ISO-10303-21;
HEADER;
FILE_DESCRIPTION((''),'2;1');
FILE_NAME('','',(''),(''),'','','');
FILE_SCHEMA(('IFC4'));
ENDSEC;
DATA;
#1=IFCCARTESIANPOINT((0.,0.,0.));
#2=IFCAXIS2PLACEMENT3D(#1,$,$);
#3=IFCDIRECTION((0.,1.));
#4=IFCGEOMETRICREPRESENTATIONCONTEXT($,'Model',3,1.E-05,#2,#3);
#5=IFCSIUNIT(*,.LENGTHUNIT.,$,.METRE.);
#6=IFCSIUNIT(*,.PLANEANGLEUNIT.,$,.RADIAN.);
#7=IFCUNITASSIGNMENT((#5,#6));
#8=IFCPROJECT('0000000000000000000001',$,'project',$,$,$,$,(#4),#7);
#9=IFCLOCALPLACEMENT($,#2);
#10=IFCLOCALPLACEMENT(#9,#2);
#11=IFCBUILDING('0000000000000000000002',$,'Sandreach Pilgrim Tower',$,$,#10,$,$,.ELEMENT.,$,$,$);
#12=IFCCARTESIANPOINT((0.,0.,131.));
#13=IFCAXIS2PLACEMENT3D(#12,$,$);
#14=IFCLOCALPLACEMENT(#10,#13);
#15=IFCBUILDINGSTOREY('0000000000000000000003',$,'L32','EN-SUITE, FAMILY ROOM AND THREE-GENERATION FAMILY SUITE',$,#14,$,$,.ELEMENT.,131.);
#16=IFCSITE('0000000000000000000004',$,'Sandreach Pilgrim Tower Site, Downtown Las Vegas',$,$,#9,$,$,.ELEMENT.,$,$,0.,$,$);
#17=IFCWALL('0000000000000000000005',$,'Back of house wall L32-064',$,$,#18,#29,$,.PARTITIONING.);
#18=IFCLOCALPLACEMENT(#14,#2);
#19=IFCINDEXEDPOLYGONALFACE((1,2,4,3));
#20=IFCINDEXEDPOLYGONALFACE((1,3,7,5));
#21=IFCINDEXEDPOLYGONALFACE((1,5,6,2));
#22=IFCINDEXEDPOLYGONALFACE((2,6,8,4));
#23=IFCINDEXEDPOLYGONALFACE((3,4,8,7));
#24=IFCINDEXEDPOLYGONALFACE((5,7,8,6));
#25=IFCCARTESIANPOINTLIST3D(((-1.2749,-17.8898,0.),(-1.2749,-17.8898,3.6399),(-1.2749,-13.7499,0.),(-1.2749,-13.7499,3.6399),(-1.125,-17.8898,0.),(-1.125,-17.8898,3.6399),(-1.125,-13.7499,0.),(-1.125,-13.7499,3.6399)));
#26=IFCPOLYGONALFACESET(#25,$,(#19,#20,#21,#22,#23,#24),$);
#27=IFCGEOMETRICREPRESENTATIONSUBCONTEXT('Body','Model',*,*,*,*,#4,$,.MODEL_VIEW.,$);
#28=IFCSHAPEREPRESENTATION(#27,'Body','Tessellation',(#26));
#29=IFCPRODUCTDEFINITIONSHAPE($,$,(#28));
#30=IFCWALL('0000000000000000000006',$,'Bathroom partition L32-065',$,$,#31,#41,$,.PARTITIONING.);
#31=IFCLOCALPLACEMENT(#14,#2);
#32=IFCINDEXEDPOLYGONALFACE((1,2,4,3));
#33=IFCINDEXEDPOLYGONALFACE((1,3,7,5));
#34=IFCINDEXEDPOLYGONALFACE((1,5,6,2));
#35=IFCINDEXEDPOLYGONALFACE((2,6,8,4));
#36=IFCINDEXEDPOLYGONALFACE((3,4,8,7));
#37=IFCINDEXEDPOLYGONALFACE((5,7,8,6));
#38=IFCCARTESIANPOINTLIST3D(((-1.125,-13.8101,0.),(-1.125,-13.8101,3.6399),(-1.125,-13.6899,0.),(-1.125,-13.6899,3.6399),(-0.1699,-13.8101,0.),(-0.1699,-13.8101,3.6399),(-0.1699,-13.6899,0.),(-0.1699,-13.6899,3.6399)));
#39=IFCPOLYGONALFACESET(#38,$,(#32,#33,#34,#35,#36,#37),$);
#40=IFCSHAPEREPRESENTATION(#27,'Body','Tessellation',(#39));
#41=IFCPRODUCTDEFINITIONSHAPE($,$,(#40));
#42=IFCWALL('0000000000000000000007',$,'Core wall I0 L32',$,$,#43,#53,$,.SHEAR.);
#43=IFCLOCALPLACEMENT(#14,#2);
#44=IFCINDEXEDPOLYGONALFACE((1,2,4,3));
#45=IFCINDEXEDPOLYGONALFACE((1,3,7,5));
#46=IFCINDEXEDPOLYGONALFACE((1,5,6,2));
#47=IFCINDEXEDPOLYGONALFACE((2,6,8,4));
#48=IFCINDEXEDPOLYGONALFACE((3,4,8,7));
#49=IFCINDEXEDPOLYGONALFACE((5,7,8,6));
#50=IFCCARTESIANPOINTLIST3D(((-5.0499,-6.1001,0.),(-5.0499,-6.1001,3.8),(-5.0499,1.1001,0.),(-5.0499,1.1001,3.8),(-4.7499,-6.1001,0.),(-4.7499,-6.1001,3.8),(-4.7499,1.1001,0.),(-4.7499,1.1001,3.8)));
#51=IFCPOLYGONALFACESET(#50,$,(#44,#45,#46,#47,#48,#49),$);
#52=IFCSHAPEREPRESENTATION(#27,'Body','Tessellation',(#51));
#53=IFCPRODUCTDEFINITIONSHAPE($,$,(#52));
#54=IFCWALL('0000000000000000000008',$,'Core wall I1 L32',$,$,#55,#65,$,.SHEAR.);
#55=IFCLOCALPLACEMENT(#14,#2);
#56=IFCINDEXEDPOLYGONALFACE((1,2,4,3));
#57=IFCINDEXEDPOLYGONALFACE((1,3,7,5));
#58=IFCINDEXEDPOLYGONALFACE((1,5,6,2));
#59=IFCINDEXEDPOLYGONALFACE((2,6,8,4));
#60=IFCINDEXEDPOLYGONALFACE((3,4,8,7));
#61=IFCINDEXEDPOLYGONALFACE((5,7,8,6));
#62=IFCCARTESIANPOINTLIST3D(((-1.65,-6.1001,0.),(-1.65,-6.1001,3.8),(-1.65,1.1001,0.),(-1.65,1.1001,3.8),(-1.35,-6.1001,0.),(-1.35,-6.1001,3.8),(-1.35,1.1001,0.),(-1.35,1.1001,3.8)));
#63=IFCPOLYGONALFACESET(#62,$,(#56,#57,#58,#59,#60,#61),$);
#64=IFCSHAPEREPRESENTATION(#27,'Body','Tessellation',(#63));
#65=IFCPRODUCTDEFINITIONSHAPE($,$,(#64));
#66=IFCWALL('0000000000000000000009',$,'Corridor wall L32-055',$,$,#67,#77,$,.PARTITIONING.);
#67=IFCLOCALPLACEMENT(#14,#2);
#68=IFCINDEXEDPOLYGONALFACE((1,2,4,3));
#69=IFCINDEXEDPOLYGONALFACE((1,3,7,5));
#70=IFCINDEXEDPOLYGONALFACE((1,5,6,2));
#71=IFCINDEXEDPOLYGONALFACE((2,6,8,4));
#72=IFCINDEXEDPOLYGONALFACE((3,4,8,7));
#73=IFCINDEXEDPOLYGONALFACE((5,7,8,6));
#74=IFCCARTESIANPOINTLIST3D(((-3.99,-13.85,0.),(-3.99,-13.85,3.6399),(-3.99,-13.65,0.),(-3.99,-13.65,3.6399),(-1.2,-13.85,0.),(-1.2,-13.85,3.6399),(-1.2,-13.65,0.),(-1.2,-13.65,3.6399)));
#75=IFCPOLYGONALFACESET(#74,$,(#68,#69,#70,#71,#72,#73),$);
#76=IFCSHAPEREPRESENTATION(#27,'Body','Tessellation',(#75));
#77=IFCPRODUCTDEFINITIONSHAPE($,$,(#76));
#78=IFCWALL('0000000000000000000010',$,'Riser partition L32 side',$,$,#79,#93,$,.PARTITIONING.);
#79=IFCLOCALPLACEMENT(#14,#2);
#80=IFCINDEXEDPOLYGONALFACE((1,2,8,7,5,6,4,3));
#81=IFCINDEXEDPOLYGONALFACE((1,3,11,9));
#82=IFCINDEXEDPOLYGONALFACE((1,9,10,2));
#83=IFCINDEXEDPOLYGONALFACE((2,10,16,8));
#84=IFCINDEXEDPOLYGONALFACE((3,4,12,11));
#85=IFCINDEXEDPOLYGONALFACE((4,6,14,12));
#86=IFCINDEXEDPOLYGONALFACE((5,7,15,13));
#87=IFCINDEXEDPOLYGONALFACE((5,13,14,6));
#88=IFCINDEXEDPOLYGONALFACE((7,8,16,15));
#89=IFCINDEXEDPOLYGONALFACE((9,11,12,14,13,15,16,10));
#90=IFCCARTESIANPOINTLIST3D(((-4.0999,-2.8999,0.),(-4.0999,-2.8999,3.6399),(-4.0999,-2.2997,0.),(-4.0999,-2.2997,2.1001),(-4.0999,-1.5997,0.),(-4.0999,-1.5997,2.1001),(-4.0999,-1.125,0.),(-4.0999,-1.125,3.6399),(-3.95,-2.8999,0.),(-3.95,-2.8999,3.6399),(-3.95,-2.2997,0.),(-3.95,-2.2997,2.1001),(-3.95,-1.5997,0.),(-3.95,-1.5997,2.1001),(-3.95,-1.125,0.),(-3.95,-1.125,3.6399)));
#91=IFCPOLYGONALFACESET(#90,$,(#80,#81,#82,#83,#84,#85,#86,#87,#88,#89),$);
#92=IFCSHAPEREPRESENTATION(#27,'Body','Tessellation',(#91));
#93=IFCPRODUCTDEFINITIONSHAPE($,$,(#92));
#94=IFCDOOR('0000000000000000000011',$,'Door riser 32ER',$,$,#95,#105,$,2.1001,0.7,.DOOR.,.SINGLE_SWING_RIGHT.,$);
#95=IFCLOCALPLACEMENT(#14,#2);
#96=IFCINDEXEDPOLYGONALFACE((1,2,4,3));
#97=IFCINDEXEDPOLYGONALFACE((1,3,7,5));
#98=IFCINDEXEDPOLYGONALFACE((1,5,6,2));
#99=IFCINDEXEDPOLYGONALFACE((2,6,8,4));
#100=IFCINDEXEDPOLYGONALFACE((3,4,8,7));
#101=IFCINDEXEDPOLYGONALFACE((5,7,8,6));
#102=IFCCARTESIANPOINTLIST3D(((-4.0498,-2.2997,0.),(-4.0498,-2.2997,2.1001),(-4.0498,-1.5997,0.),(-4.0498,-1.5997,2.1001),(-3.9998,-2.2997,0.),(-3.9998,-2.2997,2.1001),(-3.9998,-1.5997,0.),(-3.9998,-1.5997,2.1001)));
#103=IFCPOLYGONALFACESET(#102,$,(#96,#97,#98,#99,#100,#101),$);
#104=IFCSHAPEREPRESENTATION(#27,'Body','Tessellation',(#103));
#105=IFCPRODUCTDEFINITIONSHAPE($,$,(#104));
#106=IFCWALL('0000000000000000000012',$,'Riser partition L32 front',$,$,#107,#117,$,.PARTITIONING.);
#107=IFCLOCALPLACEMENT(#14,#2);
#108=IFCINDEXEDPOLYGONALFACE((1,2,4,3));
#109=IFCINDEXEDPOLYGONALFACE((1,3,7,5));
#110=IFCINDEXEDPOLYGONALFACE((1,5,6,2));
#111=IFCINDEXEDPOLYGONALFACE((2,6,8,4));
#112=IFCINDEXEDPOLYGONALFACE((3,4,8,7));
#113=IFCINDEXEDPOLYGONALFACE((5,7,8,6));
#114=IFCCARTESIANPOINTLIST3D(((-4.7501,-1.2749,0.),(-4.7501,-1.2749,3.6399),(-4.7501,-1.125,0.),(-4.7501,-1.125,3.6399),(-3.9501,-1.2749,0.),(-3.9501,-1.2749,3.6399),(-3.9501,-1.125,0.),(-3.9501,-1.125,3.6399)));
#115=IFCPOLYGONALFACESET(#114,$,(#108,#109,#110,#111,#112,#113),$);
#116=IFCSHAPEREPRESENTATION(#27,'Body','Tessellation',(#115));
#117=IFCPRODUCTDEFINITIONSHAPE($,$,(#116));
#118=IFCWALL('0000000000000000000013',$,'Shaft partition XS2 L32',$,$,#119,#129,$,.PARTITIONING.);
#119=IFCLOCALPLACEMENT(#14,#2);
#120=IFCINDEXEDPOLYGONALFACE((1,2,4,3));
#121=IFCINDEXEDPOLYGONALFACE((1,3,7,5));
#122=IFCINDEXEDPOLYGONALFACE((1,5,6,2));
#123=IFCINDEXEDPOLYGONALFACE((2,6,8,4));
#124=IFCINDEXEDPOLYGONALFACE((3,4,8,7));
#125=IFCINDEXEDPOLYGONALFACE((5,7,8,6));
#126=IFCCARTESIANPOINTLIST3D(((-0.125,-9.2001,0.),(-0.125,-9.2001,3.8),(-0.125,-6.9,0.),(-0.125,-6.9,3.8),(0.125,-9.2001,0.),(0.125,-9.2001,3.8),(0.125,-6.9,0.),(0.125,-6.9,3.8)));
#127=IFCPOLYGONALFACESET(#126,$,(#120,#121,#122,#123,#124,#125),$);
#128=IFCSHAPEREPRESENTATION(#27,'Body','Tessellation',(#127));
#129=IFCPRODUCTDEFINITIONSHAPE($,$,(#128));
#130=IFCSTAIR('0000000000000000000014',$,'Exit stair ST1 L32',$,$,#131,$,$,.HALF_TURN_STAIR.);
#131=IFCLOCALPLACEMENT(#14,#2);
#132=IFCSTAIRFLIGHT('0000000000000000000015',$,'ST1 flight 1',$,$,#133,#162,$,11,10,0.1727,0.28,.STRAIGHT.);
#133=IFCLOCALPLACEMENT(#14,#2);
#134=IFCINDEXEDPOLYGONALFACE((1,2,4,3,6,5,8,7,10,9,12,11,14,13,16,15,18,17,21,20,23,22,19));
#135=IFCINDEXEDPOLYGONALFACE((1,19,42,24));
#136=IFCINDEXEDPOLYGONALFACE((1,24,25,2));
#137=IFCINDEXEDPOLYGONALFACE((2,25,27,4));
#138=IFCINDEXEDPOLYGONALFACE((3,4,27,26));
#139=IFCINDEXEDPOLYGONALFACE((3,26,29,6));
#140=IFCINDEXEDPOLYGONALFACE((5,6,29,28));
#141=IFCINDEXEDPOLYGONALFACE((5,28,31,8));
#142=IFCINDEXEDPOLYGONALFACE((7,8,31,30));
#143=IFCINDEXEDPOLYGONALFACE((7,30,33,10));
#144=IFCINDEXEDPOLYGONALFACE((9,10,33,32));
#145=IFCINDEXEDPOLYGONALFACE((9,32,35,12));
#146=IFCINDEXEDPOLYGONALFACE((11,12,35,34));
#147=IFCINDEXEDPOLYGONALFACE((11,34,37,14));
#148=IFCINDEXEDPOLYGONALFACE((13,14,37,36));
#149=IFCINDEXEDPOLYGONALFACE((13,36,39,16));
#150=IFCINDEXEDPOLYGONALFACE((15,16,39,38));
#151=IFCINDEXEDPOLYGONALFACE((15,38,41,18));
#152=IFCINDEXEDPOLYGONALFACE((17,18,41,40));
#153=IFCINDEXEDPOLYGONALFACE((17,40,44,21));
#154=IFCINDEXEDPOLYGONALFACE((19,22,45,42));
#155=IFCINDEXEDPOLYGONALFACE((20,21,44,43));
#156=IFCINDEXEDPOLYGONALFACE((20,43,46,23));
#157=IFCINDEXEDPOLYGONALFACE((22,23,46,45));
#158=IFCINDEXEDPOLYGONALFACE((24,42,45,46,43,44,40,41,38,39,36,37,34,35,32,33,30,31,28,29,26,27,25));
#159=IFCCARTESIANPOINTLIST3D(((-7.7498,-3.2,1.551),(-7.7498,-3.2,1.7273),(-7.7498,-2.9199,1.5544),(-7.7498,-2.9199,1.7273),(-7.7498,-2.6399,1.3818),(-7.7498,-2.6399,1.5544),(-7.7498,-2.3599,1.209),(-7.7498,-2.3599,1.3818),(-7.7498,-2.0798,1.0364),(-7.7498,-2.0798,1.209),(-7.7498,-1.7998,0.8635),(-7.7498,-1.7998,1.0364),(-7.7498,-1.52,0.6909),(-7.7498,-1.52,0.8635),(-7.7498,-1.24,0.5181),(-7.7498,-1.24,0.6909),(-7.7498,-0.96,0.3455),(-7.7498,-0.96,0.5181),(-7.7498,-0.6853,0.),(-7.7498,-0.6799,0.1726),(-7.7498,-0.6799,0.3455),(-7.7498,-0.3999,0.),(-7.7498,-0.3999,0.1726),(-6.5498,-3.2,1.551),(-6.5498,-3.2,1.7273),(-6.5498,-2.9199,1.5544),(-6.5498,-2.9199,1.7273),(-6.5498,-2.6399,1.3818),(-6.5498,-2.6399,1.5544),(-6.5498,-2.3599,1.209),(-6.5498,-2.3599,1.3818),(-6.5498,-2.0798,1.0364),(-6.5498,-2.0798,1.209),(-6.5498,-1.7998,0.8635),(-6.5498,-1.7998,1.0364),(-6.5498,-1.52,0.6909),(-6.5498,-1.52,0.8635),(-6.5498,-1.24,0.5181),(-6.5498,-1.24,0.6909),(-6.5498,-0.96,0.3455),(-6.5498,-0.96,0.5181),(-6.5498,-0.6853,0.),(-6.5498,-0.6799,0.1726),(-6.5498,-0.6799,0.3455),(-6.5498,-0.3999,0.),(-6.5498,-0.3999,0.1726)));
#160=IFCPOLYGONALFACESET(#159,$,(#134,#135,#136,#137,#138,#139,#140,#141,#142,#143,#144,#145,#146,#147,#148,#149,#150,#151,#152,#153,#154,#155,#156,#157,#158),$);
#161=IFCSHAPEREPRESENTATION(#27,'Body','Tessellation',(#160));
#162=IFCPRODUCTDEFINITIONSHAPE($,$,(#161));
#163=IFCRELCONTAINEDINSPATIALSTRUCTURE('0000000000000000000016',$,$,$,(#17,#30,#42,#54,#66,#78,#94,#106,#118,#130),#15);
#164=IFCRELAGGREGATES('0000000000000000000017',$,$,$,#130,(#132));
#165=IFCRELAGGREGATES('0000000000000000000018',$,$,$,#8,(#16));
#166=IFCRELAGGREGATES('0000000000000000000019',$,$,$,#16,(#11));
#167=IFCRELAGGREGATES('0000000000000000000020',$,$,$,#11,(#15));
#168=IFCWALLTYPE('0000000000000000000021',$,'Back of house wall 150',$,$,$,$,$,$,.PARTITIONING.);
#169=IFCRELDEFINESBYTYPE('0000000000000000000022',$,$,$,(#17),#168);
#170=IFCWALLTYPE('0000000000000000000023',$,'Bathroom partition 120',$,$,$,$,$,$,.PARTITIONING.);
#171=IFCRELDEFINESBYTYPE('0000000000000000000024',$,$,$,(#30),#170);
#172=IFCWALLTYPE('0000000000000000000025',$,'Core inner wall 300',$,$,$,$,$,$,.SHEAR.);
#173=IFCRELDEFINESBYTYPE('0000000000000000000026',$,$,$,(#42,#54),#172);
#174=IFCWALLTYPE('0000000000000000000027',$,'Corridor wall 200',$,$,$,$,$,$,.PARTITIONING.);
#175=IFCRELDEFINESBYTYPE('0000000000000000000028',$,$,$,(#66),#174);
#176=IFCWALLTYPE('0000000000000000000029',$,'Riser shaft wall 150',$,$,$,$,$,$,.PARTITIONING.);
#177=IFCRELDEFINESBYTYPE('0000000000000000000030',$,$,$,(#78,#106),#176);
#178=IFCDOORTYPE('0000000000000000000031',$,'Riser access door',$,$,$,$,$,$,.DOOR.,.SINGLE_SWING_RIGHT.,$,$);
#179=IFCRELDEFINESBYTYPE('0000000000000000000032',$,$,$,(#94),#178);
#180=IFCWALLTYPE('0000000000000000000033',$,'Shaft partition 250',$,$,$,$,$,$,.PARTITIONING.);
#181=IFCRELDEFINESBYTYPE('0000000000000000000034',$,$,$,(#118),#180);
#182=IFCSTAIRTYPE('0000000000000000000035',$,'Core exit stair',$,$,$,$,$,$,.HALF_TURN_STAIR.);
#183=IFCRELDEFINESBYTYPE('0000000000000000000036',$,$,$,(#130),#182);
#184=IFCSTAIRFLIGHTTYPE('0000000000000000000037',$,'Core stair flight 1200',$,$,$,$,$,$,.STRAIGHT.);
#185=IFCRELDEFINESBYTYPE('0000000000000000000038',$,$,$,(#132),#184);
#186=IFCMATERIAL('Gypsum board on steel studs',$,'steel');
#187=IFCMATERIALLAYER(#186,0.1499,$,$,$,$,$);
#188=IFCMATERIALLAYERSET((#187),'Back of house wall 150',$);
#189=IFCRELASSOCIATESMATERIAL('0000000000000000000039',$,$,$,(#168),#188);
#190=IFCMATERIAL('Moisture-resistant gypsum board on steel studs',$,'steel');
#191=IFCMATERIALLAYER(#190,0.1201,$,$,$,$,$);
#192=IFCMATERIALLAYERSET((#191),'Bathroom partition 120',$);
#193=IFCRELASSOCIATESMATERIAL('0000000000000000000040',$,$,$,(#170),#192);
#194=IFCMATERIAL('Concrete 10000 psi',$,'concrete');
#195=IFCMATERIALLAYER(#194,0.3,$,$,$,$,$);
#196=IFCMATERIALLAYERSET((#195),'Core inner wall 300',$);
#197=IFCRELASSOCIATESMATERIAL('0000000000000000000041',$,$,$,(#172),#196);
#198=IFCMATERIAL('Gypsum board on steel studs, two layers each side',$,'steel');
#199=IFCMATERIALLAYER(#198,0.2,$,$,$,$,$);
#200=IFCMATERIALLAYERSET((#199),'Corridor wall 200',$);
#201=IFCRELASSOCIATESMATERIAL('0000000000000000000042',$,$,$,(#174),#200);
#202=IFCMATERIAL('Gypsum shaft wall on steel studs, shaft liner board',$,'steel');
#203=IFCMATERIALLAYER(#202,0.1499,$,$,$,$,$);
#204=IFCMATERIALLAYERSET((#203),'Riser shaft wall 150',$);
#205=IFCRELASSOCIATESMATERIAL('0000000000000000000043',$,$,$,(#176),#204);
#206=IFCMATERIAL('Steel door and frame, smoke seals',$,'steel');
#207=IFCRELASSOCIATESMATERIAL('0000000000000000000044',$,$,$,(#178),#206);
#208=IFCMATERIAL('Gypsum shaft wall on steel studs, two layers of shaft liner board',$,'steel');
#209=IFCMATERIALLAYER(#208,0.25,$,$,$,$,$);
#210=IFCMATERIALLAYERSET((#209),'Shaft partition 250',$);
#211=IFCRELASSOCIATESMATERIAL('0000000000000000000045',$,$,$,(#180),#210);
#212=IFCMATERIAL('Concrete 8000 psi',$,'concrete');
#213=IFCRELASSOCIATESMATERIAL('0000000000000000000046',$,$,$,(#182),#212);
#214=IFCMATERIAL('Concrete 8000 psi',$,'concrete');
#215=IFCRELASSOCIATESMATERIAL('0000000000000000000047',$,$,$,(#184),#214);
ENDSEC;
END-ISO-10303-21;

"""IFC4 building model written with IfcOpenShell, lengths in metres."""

from ifc_helpers import new_model, si_unit, direction, frame, frame_2d, origin, place, context, subcontext, project, spatial, polyline, rectangle, outline, extrude, material, layer, layer_set, type_object, element, fill, aggregate, save


model = new_model("IFC4")

# Units and contexts
model_context = context("Model", 3, precision=1e-05, world=origin(), true_north=direction((0.0, 1.0)))
body_context = subcontext(model_context, "Body", "Model", "MODEL_VIEW")
ifc_project = project(units=[si_unit("LENGTHUNIT", "METRE"), si_unit("PLANEANGLEUNIT", "RADIAN")], contexts=[model_context])

# Site, building, storey
site_placement = place(None, origin())
site = spatial("IfcSite", under=ifc_project, at=site_placement, Name="Sandreach Pilgrim Tower Site, Downtown Las Vegas", CompositionType="ELEMENT", RefElevation=0.0)
building_placement = place(site_placement, origin())
building = spatial("IfcBuilding", under=site, at=building_placement, Name="Sandreach Pilgrim Tower", CompositionType="ELEMENT")
storey_placement = place(building_placement, frame((0.0, 0.0, 131.0)))
storey = spatial("IfcBuildingStorey", under=building, at=storey_placement, Name="L32", Description="EN-SUITE, FAMILY ROOM AND THREE-GENERATION FAMILY SUITE", CompositionType="ELEMENT", Elevation=131.0)

# Walls
ifc_material_1 = material(Name="Gypsum board on steel studs", Category="steel")
ifc_layer_1 = layer(ifc_material_1, 0.1499)
ifc_layer_set_1 = layer_set([ifc_layer_1], Name="Back of house wall 150")
wall_type_1 = type_object("IfcWallType", Name="Back of house wall 150", PredefinedType="PARTITIONING", material=ifc_layer_set_1)
wall_1_placement = place(storey_placement, frame((-1.2, -13.75, 0.0), z_axis=(0.0, 0.0, 1.0), x_axis=(0.0, -1.0, 0.0)))
element("IfcWall", 1, at=wall_1_placement, inside=storey, type_object=wall_type_1, Name="Back of house wall L32-064", PredefinedType="PARTITIONING", context=body_context, shape_type="SweptSolid", body=[
    extrude(rectangle(XDim=4.1399, YDim=0.1499, at=frame_2d((2.0698, 0.0))), origin(), (0.0, 0.0, 1.0), 3.6399),
])
ifc_material_2 = material(Name="Moisture-resistant gypsum board on steel studs", Category="steel")
ifc_layer_2 = layer(ifc_material_2, 0.1201)
ifc_layer_set_2 = layer_set([ifc_layer_2], Name="Bathroom partition 120")
wall_type_2 = type_object("IfcWallType", Name="Bathroom partition 120", PredefinedType="PARTITIONING", material=ifc_layer_set_2)
wall_2_placement = place(storey_placement, frame((-1.125, -13.75, 0.0), z_axis=(0.0, 0.0, 1.0), x_axis=(1.0, 0.0, 0.0)))
element("IfcWall", 2, at=wall_2_placement, inside=storey, type_object=wall_type_2, Name="Bathroom partition L32-065", PredefinedType="PARTITIONING", context=body_context, shape_type="SweptSolid", body=[
    extrude(rectangle(XDim=0.9551, YDim=0.1201, at=frame_2d((0.4775, 0.0))), origin(), (0.0, 0.0, 1.0), 3.6399),
])
ifc_material_3 = material(Name="Concrete 10000 psi", Category="concrete")
ifc_layer_3 = layer(ifc_material_3, 0.3)
ifc_layer_set_3 = layer_set([ifc_layer_3], Name="Core inner wall 300")
wall_type_3 = type_object("IfcWallType", Name="Core inner wall 300", PredefinedType="SHEAR", material=ifc_layer_set_3)
for number, where, z_axis, x_axis, name in (
    (3, (-4.8999, -6.1001, 0.0), (0.0, 0.0, 1.0), (0.0, 1.0, 0.0), "Core wall I0 L32"),
    (4, (-1.5, -6.1001, 0.0), (0.0, 0.0, 1.0), (0.0, 1.0, 0.0), "Core wall I1 L32"),
):
    element("IfcWall", number, at=place(storey_placement, frame(where, z_axis=z_axis, x_axis=x_axis)), inside=storey, type_object=wall_type_3, Name=name, PredefinedType="SHEAR", context=body_context, shape_type="SweptSolid", body=[
        extrude(rectangle(XDim=7.2002, YDim=0.3, at=frame_2d((3.6001, 0.0))), origin(), (0.0, 0.0, 1.0), 3.8),
    ])

# Wall
ifc_material_4 = material(Name="Gypsum board on steel studs, two layers each side", Category="steel")
ifc_layer_4 = layer(ifc_material_4, 0.2)
ifc_layer_set_4 = layer_set([ifc_layer_4], Name="Corridor wall 200")
wall_type_4 = type_object("IfcWallType", Name="Corridor wall 200", PredefinedType="PARTITIONING", material=ifc_layer_set_4)
wall_3_placement = place(storey_placement, frame((-3.99, -13.75, 0.0), z_axis=(0.0, 0.0, 1.0), x_axis=(1.0, 0.0, 0.0)))
element("IfcWall", 5, at=wall_3_placement, inside=storey, type_object=wall_type_4, Name="Corridor wall L32-055", PredefinedType="PARTITIONING", context=body_context, shape_type="SweptSolid", body=[
    extrude(rectangle(XDim=2.79, YDim=0.2, at=frame_2d((1.395, 0.0))), origin(), (0.0, 0.0, 1.0), 3.6399),
])

# Wall, opening, door
ifc_material_5 = material(Name="Gypsum shaft wall on steel studs, shaft liner board", Category="steel")
ifc_layer_5 = layer(ifc_material_5, 0.1499)
ifc_layer_set_5 = layer_set([ifc_layer_5], Name="Riser shaft wall 150")
wall_type_5 = type_object("IfcWallType", Name="Riser shaft wall 150", PredefinedType="PARTITIONING", material=ifc_layer_set_5)
wall_4_placement = place(storey_placement, frame((-4.0249, -2.8999, 0.0), z_axis=(0.0, 0.0, 1.0), x_axis=(0.0, 1.0, 0.0)))
wall_4 = element("IfcWall", 6, at=wall_4_placement, inside=storey, type_object=wall_type_5, Name="Riser partition L32 side", PredefinedType="PARTITIONING", context=body_context, shape_type="SweptSolid", body=[
    extrude(rectangle(XDim=1.7749, YDim=0.1499, at=frame_2d((0.8875, 0.0))), origin(), (0.0, 0.0, 1.0), 3.6399),
])
opening_1_placement = place(wall_4_placement, frame((0.6001, 0.0, 0.0)))
opening_1 = element("IfcOpeningElement", 7, at=opening_1_placement, cuts=wall_4, PredefinedType="OPENING", context=body_context, shape_type="SweptSolid", body=[
    extrude(rectangle(XDim=0.7, YDim=2.1001, at=frame_2d((0.3501, 1.05))), frame((0.0, 0.075, 0.0), z_axis=(0.0, -1.0, 0.0), x_axis=(1.0, 0.0, 0.0)), (0.0, 0.0, 1.0), 0.1499),
])
ifc_material_6 = material(Name="Steel door and frame, smoke seals", Category="steel")
door_type_1 = type_object("IfcDoorType", Name="Riser access door", OperationType="SINGLE_SWING_RIGHT", PredefinedType="DOOR", material=ifc_material_6)
door_1_placement = place(opening_1_placement, origin())
door_1 = element("IfcDoor", 8, at=door_1_placement, inside=storey, type_object=door_type_1, Name="Door riser 32ER", OperationType="SINGLE_SWING_RIGHT", OverallHeight=2.1001, OverallWidth=0.7, PredefinedType="DOOR", context=body_context, shape_type="SweptSolid", body=[
    extrude(rectangle(XDim=0.7, YDim=2.1001, at=frame_2d((0.3501, 1.05))), frame((0.0, 0.0249, 0.0), z_axis=(0.0, -1.0, 0.0), x_axis=(1.0, 0.0, 0.0)), (0.0, 0.0, 1.0), 0.05),
])
fill(opening_1, door_1)

# Walls
wall_5_placement = place(storey_placement, frame((-4.75, -1.2, 0.0), z_axis=(0.0, 0.0, 1.0), x_axis=(1.0, 0.0, 0.0)))
element("IfcWall", 9, at=wall_5_placement, inside=storey, type_object=wall_type_5, Name="Riser partition L32 front", PredefinedType="PARTITIONING", context=body_context, shape_type="SweptSolid", body=[
    extrude(rectangle(XDim=0.8, YDim=0.1499, at=frame_2d((0.3999, 0.0))), origin(), (0.0, 0.0, 1.0), 3.6399),
])
ifc_material_7 = material(Name="Gypsum shaft wall on steel studs, two layers of shaft liner board", Category="steel")
ifc_layer_6 = layer(ifc_material_7, 0.25)
ifc_layer_set_6 = layer_set([ifc_layer_6], Name="Shaft partition 250")
wall_type_6 = type_object("IfcWallType", Name="Shaft partition 250", PredefinedType="PARTITIONING", material=ifc_layer_set_6)
wall_6_placement = place(storey_placement, frame((0.0, -9.2, 0.0), z_axis=(0.0, 0.0, 1.0), x_axis=(0.0, 1.0, 0.0)))
element("IfcWall", 10, at=wall_6_placement, inside=storey, type_object=wall_type_6, Name="Shaft partition XS2 L32", PredefinedType="PARTITIONING", context=body_context, shape_type="SweptSolid", body=[
    extrude(rectangle(XDim=2.3, YDim=0.25, at=frame_2d((1.1499, 0.0))), origin(), (0.0, 0.0, 1.0), 3.8),
])

# Stair, stair flight
ifc_material_8 = material(Name="Concrete 8000 psi", Category="concrete")
stair_type = type_object("IfcStairType", Name="Core exit stair", PredefinedType="HALF_TURN_STAIR", material=ifc_material_8)
stair_placement = place(storey_placement, origin())
stair = element("IfcStair", 11, at=stair_placement, inside=storey, type_object=stair_type, Name="Exit stair ST1 L32", PredefinedType="HALF_TURN_STAIR")
ifc_material_9 = material(Name="Concrete 8000 psi", Category="concrete")
stair_flight_type = type_object("IfcStairFlightType", Name="Core stair flight 1200", PredefinedType="STRAIGHT", material=ifc_material_9)
stair_flight_1_placement = place(storey_placement, frame((-7.1499, -0.3999, 0.0), z_axis=(0.0, 0.0, 1.0), x_axis=(0.0, -1.0, 0.0)))
stair_flight_1 = element("IfcStairFlight", 12, at=stair_flight_1_placement, type_object=stair_flight_type, Name="ST1 flight 1", NumberOfRisers=11, NumberOfTreads=10, PredefinedType="STRAIGHT", RiserHeight=0.1727, TreadLength=0.28, context=body_context, shape_type="SweptSolid", body=[
    extrude(outline(polyline([(0.0, 0.0), (0.0, 0.1726), (0.28, 0.1726), (0.28, 0.3455), (0.5601, 0.3455), (0.5601, 0.5181), (0.8401, 0.5181), (0.8401, 0.6909), (1.1201, 0.6909), (1.1201, 0.8635), (1.3999, 0.8635), (1.3999, 1.0364), (1.6799, 1.0364), (1.6799, 1.209), (1.96, 1.209), (1.96, 1.3818), (2.24, 1.3818), (2.24, 1.5544), (2.52, 1.5544), (2.52, 1.7273), (2.8, 1.7273), (2.8, 1.8999), (2.8, 1.551), (0.2854, 0.0), (0.0, 0.0)])), frame((0.0, 0.6001, 0.0), z_axis=(0.0, -1.0, 0.0), x_axis=(1.0, 0.0, 0.0)), (0.0, 0.0, 1.0), 1.2),
])
aggregate(stair, [stair_flight_1])

save(model, "model.ifc")
